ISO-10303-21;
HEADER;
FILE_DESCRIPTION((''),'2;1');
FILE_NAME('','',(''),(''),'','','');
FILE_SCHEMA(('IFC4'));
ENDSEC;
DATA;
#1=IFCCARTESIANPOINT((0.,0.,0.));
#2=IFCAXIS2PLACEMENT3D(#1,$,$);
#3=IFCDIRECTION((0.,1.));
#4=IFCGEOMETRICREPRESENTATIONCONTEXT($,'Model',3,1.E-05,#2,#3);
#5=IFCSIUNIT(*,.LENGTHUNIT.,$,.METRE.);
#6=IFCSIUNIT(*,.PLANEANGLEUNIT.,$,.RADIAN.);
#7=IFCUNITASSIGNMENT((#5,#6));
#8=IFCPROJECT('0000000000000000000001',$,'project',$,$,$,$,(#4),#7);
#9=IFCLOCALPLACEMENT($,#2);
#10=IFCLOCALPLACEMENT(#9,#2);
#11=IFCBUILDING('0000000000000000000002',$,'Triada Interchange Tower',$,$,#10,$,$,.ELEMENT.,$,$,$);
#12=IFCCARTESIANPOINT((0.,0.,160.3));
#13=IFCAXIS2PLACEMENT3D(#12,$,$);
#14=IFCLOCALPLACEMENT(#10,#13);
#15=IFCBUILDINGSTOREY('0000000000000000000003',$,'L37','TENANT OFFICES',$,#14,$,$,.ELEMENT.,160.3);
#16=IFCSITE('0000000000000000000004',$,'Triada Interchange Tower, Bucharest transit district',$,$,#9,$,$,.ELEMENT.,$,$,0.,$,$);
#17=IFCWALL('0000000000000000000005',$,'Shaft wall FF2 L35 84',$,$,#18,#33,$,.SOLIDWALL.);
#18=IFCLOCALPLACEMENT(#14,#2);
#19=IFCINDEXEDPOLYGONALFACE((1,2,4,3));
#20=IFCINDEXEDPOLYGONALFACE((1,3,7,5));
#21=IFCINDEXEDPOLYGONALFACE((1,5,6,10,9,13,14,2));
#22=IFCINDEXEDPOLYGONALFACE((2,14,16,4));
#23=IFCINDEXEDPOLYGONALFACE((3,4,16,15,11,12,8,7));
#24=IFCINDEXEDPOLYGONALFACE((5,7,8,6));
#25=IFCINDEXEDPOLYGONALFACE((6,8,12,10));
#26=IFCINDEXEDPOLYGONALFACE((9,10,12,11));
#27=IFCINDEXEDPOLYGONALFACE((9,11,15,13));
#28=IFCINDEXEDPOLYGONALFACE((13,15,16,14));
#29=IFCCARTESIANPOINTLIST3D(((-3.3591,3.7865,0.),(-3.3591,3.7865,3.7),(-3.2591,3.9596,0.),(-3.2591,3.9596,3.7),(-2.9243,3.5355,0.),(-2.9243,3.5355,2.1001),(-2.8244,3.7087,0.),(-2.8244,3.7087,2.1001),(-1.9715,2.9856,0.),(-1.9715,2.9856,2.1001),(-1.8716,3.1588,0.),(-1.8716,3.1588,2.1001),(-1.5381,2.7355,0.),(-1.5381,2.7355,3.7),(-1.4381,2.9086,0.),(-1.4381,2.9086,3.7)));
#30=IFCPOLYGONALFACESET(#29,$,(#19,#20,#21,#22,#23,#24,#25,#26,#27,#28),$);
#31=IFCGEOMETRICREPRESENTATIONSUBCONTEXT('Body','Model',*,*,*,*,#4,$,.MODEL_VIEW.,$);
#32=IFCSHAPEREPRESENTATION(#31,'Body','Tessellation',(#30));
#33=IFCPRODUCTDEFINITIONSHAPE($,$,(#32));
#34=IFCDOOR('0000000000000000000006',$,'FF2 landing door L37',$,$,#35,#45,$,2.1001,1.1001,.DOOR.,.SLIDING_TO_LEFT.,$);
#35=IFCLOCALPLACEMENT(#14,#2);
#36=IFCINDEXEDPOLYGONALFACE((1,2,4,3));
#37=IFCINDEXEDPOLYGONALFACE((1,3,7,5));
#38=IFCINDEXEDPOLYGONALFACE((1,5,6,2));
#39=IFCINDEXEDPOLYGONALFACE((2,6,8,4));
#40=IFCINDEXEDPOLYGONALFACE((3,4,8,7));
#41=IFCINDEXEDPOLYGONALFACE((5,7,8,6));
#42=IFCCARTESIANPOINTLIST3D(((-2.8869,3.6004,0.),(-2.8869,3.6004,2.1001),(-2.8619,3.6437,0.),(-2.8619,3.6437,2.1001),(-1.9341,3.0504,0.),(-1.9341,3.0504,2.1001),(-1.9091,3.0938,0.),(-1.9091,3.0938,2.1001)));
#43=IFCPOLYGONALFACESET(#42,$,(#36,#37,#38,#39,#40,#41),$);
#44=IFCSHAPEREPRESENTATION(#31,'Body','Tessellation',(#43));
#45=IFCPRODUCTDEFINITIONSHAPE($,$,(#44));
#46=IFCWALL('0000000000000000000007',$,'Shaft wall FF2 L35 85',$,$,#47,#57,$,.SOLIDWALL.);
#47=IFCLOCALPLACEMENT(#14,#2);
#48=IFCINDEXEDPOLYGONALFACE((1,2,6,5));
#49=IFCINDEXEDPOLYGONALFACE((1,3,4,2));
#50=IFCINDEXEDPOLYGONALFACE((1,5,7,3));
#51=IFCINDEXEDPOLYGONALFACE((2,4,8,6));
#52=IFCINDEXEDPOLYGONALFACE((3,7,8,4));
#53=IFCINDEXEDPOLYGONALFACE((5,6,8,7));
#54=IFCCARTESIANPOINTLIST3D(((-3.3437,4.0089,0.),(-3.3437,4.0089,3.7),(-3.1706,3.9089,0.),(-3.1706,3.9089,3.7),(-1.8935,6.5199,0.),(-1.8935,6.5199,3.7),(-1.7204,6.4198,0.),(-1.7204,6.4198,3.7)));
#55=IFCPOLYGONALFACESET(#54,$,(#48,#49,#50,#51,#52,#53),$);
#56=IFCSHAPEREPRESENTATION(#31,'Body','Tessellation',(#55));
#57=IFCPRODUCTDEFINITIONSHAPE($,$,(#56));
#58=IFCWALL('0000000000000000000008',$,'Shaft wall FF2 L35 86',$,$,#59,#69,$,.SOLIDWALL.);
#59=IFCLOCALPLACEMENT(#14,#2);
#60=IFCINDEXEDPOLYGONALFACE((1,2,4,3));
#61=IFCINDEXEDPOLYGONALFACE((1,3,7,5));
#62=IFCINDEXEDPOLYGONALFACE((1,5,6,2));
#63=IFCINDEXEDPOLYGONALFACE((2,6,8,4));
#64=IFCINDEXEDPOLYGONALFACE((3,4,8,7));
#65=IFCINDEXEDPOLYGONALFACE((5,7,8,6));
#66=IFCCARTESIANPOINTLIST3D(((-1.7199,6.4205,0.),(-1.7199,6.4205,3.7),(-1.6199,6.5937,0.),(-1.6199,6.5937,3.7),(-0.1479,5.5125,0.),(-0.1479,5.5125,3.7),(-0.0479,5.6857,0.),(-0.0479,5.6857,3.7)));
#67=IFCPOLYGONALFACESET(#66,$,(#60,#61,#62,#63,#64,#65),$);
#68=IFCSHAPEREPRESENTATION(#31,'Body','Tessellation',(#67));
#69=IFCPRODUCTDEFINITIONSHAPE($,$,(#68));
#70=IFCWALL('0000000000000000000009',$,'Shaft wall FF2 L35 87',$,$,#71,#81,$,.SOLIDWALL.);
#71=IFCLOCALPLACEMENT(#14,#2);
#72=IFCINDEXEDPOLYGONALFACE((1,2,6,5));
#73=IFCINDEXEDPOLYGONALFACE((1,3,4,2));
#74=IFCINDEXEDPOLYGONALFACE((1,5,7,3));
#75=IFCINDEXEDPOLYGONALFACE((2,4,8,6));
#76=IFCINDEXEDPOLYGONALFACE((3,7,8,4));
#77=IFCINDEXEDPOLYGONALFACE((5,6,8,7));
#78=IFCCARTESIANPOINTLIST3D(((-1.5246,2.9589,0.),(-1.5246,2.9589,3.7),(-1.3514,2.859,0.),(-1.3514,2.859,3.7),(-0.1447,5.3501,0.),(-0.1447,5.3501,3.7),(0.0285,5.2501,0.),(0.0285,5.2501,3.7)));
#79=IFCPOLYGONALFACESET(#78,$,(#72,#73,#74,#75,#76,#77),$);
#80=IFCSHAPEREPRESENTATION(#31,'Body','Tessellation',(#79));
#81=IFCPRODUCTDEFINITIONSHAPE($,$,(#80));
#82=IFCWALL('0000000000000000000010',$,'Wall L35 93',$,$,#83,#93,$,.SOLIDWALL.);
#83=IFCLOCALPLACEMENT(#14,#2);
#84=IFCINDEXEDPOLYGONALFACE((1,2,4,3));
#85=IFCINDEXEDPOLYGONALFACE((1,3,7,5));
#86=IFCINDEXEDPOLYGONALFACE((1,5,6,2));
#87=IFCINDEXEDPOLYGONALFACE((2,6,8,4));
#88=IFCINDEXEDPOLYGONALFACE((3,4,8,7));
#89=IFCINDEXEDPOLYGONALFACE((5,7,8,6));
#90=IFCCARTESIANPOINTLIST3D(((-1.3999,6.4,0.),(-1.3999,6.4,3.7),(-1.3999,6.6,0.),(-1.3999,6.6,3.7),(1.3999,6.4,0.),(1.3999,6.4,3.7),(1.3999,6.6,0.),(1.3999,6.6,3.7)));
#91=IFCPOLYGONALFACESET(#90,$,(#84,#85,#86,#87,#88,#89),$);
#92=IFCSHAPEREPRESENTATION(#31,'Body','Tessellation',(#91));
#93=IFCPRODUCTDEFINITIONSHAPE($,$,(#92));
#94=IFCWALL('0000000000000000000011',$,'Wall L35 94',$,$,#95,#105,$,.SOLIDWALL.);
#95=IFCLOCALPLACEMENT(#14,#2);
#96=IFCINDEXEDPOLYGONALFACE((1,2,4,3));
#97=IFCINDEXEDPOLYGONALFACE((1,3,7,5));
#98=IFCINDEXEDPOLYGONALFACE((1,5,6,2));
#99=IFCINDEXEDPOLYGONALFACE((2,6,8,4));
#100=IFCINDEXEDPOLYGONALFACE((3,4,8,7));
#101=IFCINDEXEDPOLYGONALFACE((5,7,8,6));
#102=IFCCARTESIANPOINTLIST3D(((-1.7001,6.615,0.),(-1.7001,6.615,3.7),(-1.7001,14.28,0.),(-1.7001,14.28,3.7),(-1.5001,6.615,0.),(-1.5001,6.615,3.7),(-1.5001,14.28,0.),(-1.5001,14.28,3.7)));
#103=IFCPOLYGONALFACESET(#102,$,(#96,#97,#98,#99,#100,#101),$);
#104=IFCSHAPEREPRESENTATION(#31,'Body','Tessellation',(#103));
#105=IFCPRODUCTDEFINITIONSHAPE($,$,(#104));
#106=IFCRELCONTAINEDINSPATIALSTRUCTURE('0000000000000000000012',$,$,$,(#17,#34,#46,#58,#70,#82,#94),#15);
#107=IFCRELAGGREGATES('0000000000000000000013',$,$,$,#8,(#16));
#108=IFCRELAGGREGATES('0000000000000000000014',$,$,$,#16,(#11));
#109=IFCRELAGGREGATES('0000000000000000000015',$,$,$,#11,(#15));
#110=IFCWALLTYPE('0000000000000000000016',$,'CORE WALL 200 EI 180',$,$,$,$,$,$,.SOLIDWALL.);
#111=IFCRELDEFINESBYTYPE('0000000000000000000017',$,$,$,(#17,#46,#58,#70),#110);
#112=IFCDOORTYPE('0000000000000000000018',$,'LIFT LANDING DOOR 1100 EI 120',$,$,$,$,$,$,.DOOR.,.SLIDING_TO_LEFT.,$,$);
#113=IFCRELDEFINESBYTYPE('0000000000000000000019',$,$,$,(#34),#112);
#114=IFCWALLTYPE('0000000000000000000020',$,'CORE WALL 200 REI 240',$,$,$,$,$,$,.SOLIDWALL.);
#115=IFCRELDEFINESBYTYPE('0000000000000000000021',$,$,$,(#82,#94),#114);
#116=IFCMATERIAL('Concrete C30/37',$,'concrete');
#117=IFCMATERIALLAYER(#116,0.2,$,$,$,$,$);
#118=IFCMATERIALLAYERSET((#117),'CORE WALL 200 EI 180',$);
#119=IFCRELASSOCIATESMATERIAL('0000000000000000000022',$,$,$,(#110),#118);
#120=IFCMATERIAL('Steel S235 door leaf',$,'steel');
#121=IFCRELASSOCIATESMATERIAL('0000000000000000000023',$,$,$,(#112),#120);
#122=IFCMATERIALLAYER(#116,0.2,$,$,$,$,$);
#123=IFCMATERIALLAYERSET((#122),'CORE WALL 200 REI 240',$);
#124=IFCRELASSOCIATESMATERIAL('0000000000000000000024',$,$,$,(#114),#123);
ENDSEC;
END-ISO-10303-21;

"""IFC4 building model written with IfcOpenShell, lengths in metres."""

from ifc_helpers import new_model, si_unit, direction, frame, frame_2d, origin, place, context, subcontext, project, spatial, rectangle, extrude, material, layer, layer_set, type_object, element, fill, save


model = new_model("IFC4")

# Units and contexts
model_context = context("Model", 3, precision=1e-05, world=origin(), true_north=direction((0.0, 1.0)))
body_context = subcontext(model_context, "Body", "Model", "MODEL_VIEW")
ifc_project = project(units=[si_unit("LENGTHUNIT", "METRE"), si_unit("PLANEANGLEUNIT", "RADIAN")], contexts=[model_context])

# Site, building, storey
site_placement = place(None, origin())
site = spatial("IfcSite", under=ifc_project, at=site_placement, Name="Triada Interchange Tower, Bucharest transit district", CompositionType="ELEMENT", RefElevation=0.0)
building_placement = place(site_placement, origin())
building = spatial("IfcBuilding", under=site, at=building_placement, Name="Triada Interchange Tower", CompositionType="ELEMENT")
storey_placement = place(building_placement, frame((0.0, 0.0, 160.3)))
storey = spatial("IfcBuildingStorey", under=building, at=storey_placement, Name="L37", Description="TENANT OFFICES", CompositionType="ELEMENT", Elevation=160.3)

# Shared definitions
ifc_material_1 = material(Name="Concrete C30/37", Category="concrete")
ifc_layer_1 = layer(ifc_material_1, 0.2)
ifc_layer_set_1 = layer_set([ifc_layer_1], Name="CORE WALL 200 EI 180")
wall_type_1 = type_object("IfcWallType", Name="CORE WALL 200 EI 180", PredefinedType="SOLIDWALL", material=ifc_layer_set_1)

# Shared definitions
ifc_material_2 = material(Name="Steel S235 door leaf", Category="steel")

# Wall, opening, door
door_type_1 = type_object("IfcDoorType", Name="LIFT LANDING DOOR 1100 EI 120", OperationType="SLIDING_TO_LEFT", PredefinedType="DOOR", material=ifc_material_2)
wall_1_placement = place(storey_placement, frame((-3.3091, 3.873, 0.0), z_axis=(0.0, 0.0, 1.0), x_axis=(0.866099, -0.499873, 0.0)))
wall_1 = element("IfcWall", 1, at=wall_1_placement, inside=storey, type_object=wall_type_1, Name="Shaft wall FF2 L35 84", PredefinedType="SOLIDWALL", context=body_context, shape_type="SweptSolid", body=[
    extrude(rectangle(XDim=2.1025, YDim=0.2, at=frame_2d((1.0513, 0.0))), origin(), (0.0, 0.0, 1.0), 3.7),
])
opening_1_placement = place(wall_1_placement, frame((0.502, 0.0, 0.0)))
opening_1 = element("IfcOpeningElement", 2, at=opening_1_placement, cuts=wall_1, PredefinedType="OPENING", context=body_context, shape_type="SweptSolid", body=[
    extrude(rectangle(XDim=1.1001, YDim=2.1001, at=frame_2d((0.55, 1.05))), frame((0.0, 0.1099, 0.0), z_axis=(0.0, -1.0, 0.0), x_axis=(1.0, 0.0, 0.0)), (0.0, 0.0, 1.0), 0.22),
])
door_1_placement = place(opening_1_placement, origin())
door_1 = element("IfcDoor", 3, at=door_1_placement, inside=storey, type_object=door_type_1, Name="FF2 landing door L37", OperationType="SLIDING_TO_LEFT", OverallHeight=2.1001, OverallWidth=1.1001, PredefinedType="DOOR", context=body_context, shape_type="SweptSolid", body=[
    extrude(rectangle(XDim=1.1001, YDim=2.1001, at=frame_2d((0.55, 1.05))), frame((0.0, 0.0249, 0.0), z_axis=(0.0, -1.0, 0.0), x_axis=(1.0, 0.0, 0.0)), (0.0, 0.0, 1.0), 0.05),
])
fill(opening_1, door_1)

# Walls
wall_2_placement = place(storey_placement, frame((-3.2571, 3.959, 0.0), z_axis=(0.0, 0.0, 1.0), x_axis=(0.500123, 0.865954, 0.0)))
element("IfcWall", 4, at=wall_2_placement, inside=storey, type_object=wall_type_1, Name="Shaft wall FF2 L35 85", PredefinedType="SOLIDWALL", context=body_context, shape_type="SweptSolid", body=[
    extrude(rectangle(XDim=2.8997, YDim=0.2, at=frame_2d((1.4497, 0.0))), origin(), (0.0, 0.0, 1.0), 3.7),
])
wall_3_placement = place(storey_placement, frame((-1.6699, 6.5071, 0.0), z_axis=(0.0, 0.0, 1.0), x_axis=(0.865941, -0.500145, 0.0)))
element("IfcWall", 5, at=wall_3_placement, inside=storey, type_object=wall_type_1, Name="Shaft wall FF2 L35 86", PredefinedType="SOLIDWALL", context=body_context, shape_type="SweptSolid", body=[
    extrude(rectangle(XDim=1.8154, YDim=0.2, at=frame_2d((0.9077, 0.0))), origin(), (0.0, 0.0, 1.0), 3.7),
])
wall_4_placement = place(storey_placement, frame((-1.438, 2.9089, 0.0), z_axis=(0.0, 0.0, 1.0), x_axis=(0.49983, 0.866124, 0.0)))
element("IfcWall", 6, at=wall_4_placement, inside=storey, type_object=wall_type_1, Name="Shaft wall FF2 L35 87", PredefinedType="SOLIDWALL", context=body_context, shape_type="SweptSolid", body=[
    extrude(rectangle(XDim=2.7607, YDim=0.2, at=frame_2d((1.3804, 0.0))), origin(), (0.0, 0.0, 1.0), 3.7),
])
ifc_layer_2 = layer(ifc_material_1, 0.2)
ifc_layer_set_2 = layer_set([ifc_layer_2], Name="CORE WALL 200 REI 240")
wall_type_2 = type_object("IfcWallType", Name="CORE WALL 200 REI 240", PredefinedType="SOLIDWALL", material=ifc_layer_set_2)
wall_5_placement = place(storey_placement, frame((-1.3999, 6.5, 0.0), z_axis=(0.0, 0.0, 1.0), x_axis=(1.0, 0.0, 0.0)))
element("IfcWall", 7, at=wall_5_placement, inside=storey, type_object=wall_type_2, Name="Wall L35 93", PredefinedType="SOLIDWALL", context=body_context, shape_type="SweptSolid", body=[
    extrude(rectangle(XDim=2.7998, YDim=0.2, at=frame_2d((1.3999, 0.0))), origin(), (0.0, 0.0, 1.0), 3.7),
])
wall_6_placement = place(storey_placement, frame((-1.6001, 6.615, 0.0), z_axis=(0.0, 0.0, 1.0), x_axis=(0.0, 1.0, 0.0)))
element("IfcWall", 8, at=wall_6_placement, inside=storey, type_object=wall_type_2, Name="Wall L35 94", PredefinedType="SOLIDWALL", context=body_context, shape_type="SweptSolid", body=[
    extrude(rectangle(XDim=7.665, YDim=0.2, at=frame_2d((3.8325, 0.0))), origin(), (0.0, 0.0, 1.0), 3.7),
])

save(model, "model.ifc")
